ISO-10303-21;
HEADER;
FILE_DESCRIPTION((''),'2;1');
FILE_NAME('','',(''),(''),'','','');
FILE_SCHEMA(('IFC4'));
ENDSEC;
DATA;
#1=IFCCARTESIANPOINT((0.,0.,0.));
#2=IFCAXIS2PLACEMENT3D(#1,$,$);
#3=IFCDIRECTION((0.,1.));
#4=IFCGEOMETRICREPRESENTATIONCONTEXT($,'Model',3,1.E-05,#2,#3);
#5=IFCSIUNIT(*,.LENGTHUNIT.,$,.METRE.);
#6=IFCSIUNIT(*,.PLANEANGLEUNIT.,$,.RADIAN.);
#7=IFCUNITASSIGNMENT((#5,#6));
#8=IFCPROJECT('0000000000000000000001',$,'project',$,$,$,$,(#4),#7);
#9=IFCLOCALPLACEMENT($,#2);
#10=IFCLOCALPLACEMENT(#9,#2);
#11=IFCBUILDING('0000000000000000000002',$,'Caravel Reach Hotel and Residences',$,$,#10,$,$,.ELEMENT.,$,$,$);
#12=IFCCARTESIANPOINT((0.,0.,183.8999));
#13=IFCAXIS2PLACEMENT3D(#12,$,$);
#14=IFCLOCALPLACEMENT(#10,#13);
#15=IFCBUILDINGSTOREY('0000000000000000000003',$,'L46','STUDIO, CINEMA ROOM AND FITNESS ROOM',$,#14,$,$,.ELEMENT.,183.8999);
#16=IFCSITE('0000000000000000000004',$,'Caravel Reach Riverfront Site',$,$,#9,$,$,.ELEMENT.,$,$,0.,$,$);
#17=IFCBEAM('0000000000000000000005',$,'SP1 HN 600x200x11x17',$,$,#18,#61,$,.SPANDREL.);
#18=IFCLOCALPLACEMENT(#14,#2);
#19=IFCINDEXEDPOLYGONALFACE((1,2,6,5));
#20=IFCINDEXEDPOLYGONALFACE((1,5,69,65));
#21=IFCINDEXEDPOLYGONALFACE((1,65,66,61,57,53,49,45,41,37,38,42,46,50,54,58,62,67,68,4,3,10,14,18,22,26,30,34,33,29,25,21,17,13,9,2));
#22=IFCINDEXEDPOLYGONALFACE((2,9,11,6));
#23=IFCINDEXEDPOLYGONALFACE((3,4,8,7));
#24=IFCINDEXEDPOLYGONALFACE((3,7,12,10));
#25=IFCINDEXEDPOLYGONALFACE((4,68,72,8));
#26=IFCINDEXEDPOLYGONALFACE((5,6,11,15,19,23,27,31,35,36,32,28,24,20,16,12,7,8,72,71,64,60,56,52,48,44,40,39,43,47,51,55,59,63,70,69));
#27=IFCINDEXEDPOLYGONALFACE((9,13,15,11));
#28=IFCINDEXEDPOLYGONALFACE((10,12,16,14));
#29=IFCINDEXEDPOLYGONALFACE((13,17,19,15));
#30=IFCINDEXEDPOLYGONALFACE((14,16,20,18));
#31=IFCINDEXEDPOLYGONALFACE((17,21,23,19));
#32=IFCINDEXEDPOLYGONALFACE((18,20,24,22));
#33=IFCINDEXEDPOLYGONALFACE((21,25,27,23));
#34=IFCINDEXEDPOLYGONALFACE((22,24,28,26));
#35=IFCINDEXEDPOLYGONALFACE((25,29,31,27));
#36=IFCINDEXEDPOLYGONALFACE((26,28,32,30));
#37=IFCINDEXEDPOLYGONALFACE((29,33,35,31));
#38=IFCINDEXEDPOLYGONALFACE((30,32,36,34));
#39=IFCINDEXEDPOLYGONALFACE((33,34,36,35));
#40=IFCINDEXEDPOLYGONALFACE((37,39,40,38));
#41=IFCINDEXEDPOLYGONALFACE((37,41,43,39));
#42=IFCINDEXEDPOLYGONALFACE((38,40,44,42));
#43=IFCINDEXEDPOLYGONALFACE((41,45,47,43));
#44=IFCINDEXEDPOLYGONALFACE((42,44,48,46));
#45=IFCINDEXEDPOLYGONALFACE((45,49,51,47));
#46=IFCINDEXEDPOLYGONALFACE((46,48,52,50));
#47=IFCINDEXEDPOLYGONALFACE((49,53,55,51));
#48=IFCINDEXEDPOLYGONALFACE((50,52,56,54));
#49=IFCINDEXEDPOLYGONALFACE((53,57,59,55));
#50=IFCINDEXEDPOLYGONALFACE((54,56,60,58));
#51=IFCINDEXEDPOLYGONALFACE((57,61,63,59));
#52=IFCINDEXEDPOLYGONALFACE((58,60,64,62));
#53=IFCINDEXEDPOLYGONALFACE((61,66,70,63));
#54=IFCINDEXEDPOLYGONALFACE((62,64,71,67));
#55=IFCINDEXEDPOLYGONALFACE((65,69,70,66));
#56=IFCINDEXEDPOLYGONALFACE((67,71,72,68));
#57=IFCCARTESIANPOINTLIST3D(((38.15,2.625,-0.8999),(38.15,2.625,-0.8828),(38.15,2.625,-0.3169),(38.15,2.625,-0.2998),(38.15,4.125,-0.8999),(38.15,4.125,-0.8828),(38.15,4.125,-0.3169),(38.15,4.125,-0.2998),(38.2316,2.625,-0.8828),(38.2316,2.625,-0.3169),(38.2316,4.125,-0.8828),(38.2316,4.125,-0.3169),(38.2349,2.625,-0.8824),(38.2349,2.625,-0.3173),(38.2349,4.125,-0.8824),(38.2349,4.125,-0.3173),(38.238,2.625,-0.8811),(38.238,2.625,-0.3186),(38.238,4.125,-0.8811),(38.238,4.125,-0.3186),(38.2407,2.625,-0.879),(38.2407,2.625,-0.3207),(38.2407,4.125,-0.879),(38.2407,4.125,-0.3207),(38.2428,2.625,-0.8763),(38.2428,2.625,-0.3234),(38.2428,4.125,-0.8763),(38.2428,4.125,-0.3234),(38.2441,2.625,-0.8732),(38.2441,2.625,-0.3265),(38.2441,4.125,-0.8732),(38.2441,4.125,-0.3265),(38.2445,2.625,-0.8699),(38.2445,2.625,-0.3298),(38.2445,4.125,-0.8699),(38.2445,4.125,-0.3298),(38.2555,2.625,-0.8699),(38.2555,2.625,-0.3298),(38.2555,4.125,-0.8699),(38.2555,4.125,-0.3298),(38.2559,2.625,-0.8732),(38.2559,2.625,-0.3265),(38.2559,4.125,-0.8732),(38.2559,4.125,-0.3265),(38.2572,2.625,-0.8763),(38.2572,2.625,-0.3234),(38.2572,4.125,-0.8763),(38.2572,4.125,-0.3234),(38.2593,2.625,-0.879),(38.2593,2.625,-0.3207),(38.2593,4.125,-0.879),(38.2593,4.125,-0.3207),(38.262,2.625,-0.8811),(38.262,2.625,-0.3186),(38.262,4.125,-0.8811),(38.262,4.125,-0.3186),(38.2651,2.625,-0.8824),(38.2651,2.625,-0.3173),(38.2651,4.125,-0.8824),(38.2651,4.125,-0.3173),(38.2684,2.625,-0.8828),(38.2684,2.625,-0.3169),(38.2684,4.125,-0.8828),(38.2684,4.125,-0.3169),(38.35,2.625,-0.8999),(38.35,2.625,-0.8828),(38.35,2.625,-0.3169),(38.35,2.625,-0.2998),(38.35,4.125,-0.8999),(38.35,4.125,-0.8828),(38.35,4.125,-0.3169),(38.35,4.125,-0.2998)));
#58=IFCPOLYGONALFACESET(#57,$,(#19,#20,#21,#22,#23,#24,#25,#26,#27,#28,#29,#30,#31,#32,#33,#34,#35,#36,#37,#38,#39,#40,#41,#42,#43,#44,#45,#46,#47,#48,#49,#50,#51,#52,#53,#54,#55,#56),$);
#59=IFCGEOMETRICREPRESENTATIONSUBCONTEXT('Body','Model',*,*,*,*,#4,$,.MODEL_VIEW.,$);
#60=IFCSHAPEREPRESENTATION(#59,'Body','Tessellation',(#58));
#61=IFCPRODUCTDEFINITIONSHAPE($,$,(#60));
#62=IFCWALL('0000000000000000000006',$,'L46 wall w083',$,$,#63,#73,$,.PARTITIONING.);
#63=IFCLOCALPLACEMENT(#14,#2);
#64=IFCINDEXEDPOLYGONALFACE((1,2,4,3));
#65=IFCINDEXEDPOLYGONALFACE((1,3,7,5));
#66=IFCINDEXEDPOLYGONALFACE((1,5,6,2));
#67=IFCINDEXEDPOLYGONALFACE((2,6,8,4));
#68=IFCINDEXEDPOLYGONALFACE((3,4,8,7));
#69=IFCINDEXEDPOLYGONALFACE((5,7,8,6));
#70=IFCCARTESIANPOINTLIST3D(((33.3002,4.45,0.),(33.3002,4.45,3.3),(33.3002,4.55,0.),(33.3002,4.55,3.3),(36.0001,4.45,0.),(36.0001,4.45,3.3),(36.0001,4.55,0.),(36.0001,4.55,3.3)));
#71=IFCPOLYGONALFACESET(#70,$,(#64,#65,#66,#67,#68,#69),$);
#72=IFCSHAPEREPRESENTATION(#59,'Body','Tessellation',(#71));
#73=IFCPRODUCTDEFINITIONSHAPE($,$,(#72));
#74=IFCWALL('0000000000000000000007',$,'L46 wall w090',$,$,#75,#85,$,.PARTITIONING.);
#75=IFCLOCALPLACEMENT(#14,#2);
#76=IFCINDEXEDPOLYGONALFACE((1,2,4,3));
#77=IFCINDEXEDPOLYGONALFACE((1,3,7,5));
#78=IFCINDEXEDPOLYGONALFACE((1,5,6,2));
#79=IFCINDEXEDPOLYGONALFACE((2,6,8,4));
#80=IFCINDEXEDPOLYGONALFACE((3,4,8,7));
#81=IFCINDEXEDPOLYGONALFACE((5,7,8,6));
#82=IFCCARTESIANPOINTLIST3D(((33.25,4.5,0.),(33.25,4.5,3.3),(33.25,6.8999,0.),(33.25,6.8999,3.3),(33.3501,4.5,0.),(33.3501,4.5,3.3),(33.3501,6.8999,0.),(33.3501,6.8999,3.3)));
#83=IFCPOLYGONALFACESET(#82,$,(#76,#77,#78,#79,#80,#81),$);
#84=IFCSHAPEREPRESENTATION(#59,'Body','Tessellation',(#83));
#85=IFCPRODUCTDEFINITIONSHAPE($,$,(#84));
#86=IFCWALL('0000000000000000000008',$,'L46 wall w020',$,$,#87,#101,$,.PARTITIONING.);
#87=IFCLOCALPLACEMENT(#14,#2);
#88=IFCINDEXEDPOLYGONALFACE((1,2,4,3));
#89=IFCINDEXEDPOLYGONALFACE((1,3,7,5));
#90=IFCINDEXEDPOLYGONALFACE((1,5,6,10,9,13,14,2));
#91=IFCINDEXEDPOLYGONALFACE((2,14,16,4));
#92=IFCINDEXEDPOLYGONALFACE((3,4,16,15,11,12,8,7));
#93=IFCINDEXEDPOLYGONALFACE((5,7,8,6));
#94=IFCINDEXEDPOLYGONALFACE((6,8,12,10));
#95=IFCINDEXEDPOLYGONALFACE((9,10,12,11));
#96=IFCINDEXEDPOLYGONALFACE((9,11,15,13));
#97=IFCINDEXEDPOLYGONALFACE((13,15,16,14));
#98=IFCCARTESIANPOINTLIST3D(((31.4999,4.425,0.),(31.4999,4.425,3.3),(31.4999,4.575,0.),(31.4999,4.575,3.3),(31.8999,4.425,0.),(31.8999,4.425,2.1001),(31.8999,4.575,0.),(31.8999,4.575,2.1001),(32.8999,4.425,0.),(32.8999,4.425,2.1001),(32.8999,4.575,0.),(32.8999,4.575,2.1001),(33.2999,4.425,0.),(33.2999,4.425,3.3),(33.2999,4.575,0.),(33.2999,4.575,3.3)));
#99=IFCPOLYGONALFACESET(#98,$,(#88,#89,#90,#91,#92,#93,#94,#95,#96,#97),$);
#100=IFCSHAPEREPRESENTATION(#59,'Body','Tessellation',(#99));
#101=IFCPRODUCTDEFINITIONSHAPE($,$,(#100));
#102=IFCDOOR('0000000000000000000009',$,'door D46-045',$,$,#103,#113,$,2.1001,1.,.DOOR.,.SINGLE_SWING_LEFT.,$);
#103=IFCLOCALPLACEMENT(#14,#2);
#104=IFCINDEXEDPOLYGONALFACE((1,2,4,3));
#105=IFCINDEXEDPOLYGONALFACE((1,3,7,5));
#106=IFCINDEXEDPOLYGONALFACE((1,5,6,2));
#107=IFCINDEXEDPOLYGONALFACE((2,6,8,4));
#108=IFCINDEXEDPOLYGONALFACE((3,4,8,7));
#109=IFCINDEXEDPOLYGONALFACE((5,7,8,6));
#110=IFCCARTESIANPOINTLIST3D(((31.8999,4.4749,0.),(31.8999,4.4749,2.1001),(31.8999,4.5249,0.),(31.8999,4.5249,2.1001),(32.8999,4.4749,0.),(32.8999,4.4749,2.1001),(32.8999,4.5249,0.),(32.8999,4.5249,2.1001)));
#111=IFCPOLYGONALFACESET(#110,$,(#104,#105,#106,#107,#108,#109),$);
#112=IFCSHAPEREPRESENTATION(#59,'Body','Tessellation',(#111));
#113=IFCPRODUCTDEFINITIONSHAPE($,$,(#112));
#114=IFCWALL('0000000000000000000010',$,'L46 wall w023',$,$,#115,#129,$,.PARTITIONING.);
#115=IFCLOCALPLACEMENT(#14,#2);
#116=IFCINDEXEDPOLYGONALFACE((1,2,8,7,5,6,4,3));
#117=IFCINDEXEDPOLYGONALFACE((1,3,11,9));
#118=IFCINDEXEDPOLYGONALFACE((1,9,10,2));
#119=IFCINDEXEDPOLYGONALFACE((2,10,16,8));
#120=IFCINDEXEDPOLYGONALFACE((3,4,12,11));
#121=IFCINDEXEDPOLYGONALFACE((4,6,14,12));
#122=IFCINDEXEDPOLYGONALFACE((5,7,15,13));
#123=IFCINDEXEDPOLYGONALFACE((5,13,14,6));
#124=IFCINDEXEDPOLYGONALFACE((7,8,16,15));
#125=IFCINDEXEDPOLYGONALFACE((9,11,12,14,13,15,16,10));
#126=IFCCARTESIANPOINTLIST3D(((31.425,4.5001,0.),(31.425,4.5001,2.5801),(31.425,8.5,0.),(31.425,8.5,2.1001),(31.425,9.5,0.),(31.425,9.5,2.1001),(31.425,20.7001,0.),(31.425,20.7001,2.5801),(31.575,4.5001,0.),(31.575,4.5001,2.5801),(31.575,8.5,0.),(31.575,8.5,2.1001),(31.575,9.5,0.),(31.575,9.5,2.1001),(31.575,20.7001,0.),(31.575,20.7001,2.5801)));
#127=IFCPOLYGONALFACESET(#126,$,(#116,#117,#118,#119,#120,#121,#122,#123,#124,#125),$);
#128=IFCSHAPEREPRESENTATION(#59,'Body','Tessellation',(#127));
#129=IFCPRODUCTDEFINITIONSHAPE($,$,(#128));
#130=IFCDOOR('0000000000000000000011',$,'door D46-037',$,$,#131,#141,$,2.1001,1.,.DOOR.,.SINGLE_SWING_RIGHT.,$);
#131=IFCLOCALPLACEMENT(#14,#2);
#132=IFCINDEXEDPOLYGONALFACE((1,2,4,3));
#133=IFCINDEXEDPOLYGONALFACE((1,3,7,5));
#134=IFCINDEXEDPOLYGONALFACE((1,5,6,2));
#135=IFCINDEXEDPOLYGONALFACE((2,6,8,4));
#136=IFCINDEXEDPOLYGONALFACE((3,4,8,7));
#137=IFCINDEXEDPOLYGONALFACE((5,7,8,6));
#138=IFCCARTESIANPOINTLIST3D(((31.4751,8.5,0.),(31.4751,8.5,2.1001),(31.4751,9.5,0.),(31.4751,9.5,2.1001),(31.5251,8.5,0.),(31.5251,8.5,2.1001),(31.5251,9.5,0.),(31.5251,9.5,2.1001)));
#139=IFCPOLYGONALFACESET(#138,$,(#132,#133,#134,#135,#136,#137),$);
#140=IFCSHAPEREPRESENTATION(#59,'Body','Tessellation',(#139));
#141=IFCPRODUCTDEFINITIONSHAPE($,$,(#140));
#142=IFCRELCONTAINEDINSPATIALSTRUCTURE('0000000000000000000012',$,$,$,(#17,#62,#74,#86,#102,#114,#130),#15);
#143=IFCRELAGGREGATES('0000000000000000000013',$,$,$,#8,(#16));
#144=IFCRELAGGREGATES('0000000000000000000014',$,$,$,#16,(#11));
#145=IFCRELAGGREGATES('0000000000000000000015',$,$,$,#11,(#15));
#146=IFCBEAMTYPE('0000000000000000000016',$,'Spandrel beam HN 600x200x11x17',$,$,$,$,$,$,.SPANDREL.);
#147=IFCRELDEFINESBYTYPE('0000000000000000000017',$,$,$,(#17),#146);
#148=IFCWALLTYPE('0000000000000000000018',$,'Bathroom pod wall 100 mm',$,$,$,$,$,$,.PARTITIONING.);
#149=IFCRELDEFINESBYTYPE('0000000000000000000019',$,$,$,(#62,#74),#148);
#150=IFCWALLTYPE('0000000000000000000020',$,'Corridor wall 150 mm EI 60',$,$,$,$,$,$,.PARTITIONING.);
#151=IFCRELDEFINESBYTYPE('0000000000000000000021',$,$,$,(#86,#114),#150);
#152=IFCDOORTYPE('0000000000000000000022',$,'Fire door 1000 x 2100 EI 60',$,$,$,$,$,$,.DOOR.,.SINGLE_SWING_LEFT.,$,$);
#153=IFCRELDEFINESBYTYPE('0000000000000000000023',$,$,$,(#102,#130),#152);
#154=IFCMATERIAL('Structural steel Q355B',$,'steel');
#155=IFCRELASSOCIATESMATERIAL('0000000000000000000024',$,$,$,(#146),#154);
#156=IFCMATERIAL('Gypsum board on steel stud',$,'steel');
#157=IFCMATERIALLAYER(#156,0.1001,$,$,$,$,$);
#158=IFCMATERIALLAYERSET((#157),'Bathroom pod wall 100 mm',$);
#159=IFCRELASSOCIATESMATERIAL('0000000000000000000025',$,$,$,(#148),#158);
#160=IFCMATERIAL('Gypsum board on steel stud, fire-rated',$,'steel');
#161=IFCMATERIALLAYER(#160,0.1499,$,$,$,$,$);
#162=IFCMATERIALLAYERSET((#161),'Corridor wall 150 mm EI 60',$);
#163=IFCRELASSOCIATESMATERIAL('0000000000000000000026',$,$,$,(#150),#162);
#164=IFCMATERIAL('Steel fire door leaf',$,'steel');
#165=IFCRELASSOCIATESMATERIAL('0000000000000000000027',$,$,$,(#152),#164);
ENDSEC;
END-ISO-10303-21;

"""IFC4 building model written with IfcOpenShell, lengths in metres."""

from ifc_helpers import new_model, si_unit, direction, frame, frame_2d, origin, origin_2d, place, context, subcontext, project, spatial, rectangle, i_section, extrude, material, layer, layer_set, material_profile, profile_set, type_object, element, fill, save


model = new_model("IFC4")

# Units and contexts
model_context = context("Model", 3, precision=1e-05, world=origin(), true_north=direction((0.0, 1.0)))
body_context = subcontext(model_context, "Body", "Model", "MODEL_VIEW")
ifc_project = project(units=[si_unit("LENGTHUNIT", "METRE"), si_unit("PLANEANGLEUNIT", "RADIAN")], contexts=[model_context])

# Site, building, storey
site_placement = place(None, origin())
site = spatial("IfcSite", under=ifc_project, at=site_placement, Name="Caravel Reach Riverfront Site", CompositionType="ELEMENT", RefElevation=0.0)
building_placement = place(site_placement, origin())
building = spatial("IfcBuilding", under=site, at=building_placement, Name="Caravel Reach Hotel and Residences", CompositionType="ELEMENT")
storey_placement = place(building_placement, frame((0.0, 0.0, 183.8999)))
storey = spatial("IfcBuildingStorey", under=building, at=storey_placement, Name="L46", Description="STUDIO, CINEMA ROOM AND FITNESS ROOM", CompositionType="ELEMENT", Elevation=183.8999)

# Beam
ifc_material_1 = material(Name="Structural steel Q355B", Category="steel")
ifc_material_profile_1 = material_profile(ifc_material_1, i_section(OverallWidth=0.2, OverallDepth=0.6001, WebThickness=0.011, FlangeThickness=0.0171, FilletRadius=0.0129, at=origin_2d()), Name="HN 600x200x11x17")
ifc_profile_set_1 = profile_set([ifc_material_profile_1], Name="Structural steel Q355B")
beam_type = type_object("IfcBeamType", Name="Spandrel beam HN 600x200x11x17", PredefinedType="SPANDREL", material=ifc_profile_set_1)
for number, where, z_axis, x_axis, name in (
    (1, (38.25, 2.625, -0.5999), (0.0, 1.0, 0.0), (-1.0, 0.0, 0.0), "SP1 HN 600x200x11x17"),
):
    element("IfcBeam", number, at=place(storey_placement, frame(where, z_axis=z_axis, x_axis=x_axis)), inside=storey, type_object=beam_type, Name=name, PredefinedType="SPANDREL", context=body_context, shape_type="SweptSolid", body=[
        extrude(i_section(OverallWidth=0.2, OverallDepth=0.6001, WebThickness=0.011, FlangeThickness=0.0171, FilletRadius=0.0129, at=origin_2d()), origin(), (0.0, 0.0, 1.0), 1.5),
    ])

# Walls
ifc_material_2 = material(Name="Gypsum board on steel stud", Category="steel")
ifc_layer_1 = layer(ifc_material_2, 0.1001)
ifc_layer_set_1 = layer_set([ifc_layer_1], Name="Bathroom pod wall 100 mm")
wall_type_1 = type_object("IfcWallType", Name="Bathroom pod wall 100 mm", PredefinedType="PARTITIONING", material=ifc_layer_set_1)
wall_1_placement = place(storey_placement, frame((33.3, 4.5, 0.0), z_axis=(0.0, 0.0, 1.0), x_axis=(1.0, 0.0, 0.0)))
element("IfcWall", 2, at=wall_1_placement, inside=storey, type_object=wall_type_1, Name="L46 wall w083", PredefinedType="PARTITIONING", context=body_context, shape_type="SweptSolid", body=[
    extrude(rectangle(XDim=2.7, YDim=0.1001, at=frame_2d((1.3501, 0.0))), origin(), (0.0, 0.0, 1.0), 3.3),
])
wall_2_placement = place(storey_placement, frame((33.3, 4.5, 0.0), z_axis=(0.0, 0.0, 1.0), x_axis=(0.0, 1.0, 0.0)))
element("IfcWall", 3, at=wall_2_placement, inside=storey, type_object=wall_type_1, Name="L46 wall w090", PredefinedType="PARTITIONING", context=body_context, shape_type="SweptSolid", body=[
    extrude(rectangle(XDim=2.3999, YDim=0.1001, at=frame_2d((1.2, 0.0))), origin(), (0.0, 0.0, 1.0), 3.3),
])

# Walls, openings, doors
ifc_material_3 = material(Name="Gypsum board on steel stud, fire-rated", Category="steel")
ifc_layer_2 = layer(ifc_material_3, 0.1499)
ifc_layer_set_2 = layer_set([ifc_layer_2], Name="Corridor wall 150 mm EI 60")
wall_type_2 = type_object("IfcWallType", Name="Corridor wall 150 mm EI 60", PredefinedType="PARTITIONING", material=ifc_layer_set_2)
wall_3_placement = place(storey_placement, frame((31.5, 4.5, 0.0), z_axis=(0.0, 0.0, 1.0), x_axis=(1.0, 0.0, 0.0)))
wall_3 = element("IfcWall", 4, at=wall_3_placement, inside=storey, type_object=wall_type_2, Name="L46 wall w020", PredefinedType="PARTITIONING", context=body_context, shape_type="SweptSolid", body=[
    extrude(rectangle(XDim=1.8, YDim=0.1499, at=frame_2d((0.8999, 0.0))), origin(), (0.0, 0.0, 1.0), 3.3),
])
opening_1_placement = place(wall_3_placement, frame((0.3999, 0.0, 0.0)))
opening_1 = element("IfcOpeningElement", 5, at=opening_1_placement, cuts=wall_3, PredefinedType="OPENING", context=body_context, shape_type="SweptSolid", body=[
    extrude(rectangle(XDim=1.0, YDim=2.1001, at=frame_2d((0.5, 1.05))), frame((0.0, 0.085, 0.0), z_axis=(0.0, -1.0, 0.0), x_axis=(1.0, 0.0, 0.0)), (0.0, 0.0, 1.0), 0.1699),
])
ifc_material_4 = material(Name="Steel fire door leaf", Category="steel")
door_type = type_object("IfcDoorType", Name="Fire door 1000 x 2100 EI 60", OperationType="SINGLE_SWING_LEFT", PredefinedType="DOOR", material=ifc_material_4)
door_1_placement = place(opening_1_placement, origin())
door_1 = element("IfcDoor", 6, at=door_1_placement, inside=storey, type_object=door_type, Name="door D46-045", OperationType="SINGLE_SWING_LEFT", OverallHeight=2.1001, OverallWidth=1.0, PredefinedType="DOOR", context=body_context, shape_type="SweptSolid", body=[
    extrude(rectangle(XDim=1.0, YDim=2.1001, at=frame_2d((0.5, 1.05))), frame((0.0, 0.0249, 0.0), z_axis=(0.0, -1.0, 0.0), x_axis=(1.0, 0.0, 0.0)), (0.0, 0.0, 1.0), 0.05),
])
fill(opening_1, door_1)
wall_4_placement = place(storey_placement, frame((31.5, 4.5, 0.0), z_axis=(0.0, 0.0, 1.0), x_axis=(0.0, 1.0, 0.0)))
wall_4 = element("IfcWall", 7, at=wall_4_placement, inside=storey, type_object=wall_type_2, Name="L46 wall w023", PredefinedType="PARTITIONING", context=body_context, shape_type="SweptSolid", body=[
    extrude(rectangle(XDim=16.2, YDim=0.1499, at=frame_2d((8.1001, 0.0))), origin(), (0.0, 0.0, 1.0), 2.5801),
])
opening_2_placement = place(wall_4_placement, frame((4.0, 0.0, 0.0)))
opening_2 = element("IfcOpeningElement", 8, at=opening_2_placement, cuts=wall_4, PredefinedType="OPENING", context=body_context, shape_type="SweptSolid", body=[
    extrude(rectangle(XDim=1.0, YDim=2.1001, at=frame_2d((0.5, 1.05))), frame((0.0, 0.085, 0.0), z_axis=(0.0, -1.0, 0.0), x_axis=(1.0, 0.0, 0.0)), (0.0, 0.0, 1.0), 0.1699),
])
door_2_placement = place(opening_2_placement, origin())
door_2 = element("IfcDoor", 9, at=door_2_placement, inside=storey, type_object=door_type, Name="door D46-037", OperationType="SINGLE_SWING_RIGHT", OverallHeight=2.1001, OverallWidth=1.0, PredefinedType="DOOR", context=body_context, shape_type="SweptSolid", body=[
    extrude(rectangle(XDim=1.0, YDim=2.1001, at=frame_2d((0.5, 1.05))), frame((0.0, 0.0249, 0.0), z_axis=(0.0, -1.0, 0.0), x_axis=(1.0, 0.0, 0.0)), (0.0, 0.0, 1.0), 0.05),
])
fill(opening_2, door_2)

save(model, "model.ifc")
